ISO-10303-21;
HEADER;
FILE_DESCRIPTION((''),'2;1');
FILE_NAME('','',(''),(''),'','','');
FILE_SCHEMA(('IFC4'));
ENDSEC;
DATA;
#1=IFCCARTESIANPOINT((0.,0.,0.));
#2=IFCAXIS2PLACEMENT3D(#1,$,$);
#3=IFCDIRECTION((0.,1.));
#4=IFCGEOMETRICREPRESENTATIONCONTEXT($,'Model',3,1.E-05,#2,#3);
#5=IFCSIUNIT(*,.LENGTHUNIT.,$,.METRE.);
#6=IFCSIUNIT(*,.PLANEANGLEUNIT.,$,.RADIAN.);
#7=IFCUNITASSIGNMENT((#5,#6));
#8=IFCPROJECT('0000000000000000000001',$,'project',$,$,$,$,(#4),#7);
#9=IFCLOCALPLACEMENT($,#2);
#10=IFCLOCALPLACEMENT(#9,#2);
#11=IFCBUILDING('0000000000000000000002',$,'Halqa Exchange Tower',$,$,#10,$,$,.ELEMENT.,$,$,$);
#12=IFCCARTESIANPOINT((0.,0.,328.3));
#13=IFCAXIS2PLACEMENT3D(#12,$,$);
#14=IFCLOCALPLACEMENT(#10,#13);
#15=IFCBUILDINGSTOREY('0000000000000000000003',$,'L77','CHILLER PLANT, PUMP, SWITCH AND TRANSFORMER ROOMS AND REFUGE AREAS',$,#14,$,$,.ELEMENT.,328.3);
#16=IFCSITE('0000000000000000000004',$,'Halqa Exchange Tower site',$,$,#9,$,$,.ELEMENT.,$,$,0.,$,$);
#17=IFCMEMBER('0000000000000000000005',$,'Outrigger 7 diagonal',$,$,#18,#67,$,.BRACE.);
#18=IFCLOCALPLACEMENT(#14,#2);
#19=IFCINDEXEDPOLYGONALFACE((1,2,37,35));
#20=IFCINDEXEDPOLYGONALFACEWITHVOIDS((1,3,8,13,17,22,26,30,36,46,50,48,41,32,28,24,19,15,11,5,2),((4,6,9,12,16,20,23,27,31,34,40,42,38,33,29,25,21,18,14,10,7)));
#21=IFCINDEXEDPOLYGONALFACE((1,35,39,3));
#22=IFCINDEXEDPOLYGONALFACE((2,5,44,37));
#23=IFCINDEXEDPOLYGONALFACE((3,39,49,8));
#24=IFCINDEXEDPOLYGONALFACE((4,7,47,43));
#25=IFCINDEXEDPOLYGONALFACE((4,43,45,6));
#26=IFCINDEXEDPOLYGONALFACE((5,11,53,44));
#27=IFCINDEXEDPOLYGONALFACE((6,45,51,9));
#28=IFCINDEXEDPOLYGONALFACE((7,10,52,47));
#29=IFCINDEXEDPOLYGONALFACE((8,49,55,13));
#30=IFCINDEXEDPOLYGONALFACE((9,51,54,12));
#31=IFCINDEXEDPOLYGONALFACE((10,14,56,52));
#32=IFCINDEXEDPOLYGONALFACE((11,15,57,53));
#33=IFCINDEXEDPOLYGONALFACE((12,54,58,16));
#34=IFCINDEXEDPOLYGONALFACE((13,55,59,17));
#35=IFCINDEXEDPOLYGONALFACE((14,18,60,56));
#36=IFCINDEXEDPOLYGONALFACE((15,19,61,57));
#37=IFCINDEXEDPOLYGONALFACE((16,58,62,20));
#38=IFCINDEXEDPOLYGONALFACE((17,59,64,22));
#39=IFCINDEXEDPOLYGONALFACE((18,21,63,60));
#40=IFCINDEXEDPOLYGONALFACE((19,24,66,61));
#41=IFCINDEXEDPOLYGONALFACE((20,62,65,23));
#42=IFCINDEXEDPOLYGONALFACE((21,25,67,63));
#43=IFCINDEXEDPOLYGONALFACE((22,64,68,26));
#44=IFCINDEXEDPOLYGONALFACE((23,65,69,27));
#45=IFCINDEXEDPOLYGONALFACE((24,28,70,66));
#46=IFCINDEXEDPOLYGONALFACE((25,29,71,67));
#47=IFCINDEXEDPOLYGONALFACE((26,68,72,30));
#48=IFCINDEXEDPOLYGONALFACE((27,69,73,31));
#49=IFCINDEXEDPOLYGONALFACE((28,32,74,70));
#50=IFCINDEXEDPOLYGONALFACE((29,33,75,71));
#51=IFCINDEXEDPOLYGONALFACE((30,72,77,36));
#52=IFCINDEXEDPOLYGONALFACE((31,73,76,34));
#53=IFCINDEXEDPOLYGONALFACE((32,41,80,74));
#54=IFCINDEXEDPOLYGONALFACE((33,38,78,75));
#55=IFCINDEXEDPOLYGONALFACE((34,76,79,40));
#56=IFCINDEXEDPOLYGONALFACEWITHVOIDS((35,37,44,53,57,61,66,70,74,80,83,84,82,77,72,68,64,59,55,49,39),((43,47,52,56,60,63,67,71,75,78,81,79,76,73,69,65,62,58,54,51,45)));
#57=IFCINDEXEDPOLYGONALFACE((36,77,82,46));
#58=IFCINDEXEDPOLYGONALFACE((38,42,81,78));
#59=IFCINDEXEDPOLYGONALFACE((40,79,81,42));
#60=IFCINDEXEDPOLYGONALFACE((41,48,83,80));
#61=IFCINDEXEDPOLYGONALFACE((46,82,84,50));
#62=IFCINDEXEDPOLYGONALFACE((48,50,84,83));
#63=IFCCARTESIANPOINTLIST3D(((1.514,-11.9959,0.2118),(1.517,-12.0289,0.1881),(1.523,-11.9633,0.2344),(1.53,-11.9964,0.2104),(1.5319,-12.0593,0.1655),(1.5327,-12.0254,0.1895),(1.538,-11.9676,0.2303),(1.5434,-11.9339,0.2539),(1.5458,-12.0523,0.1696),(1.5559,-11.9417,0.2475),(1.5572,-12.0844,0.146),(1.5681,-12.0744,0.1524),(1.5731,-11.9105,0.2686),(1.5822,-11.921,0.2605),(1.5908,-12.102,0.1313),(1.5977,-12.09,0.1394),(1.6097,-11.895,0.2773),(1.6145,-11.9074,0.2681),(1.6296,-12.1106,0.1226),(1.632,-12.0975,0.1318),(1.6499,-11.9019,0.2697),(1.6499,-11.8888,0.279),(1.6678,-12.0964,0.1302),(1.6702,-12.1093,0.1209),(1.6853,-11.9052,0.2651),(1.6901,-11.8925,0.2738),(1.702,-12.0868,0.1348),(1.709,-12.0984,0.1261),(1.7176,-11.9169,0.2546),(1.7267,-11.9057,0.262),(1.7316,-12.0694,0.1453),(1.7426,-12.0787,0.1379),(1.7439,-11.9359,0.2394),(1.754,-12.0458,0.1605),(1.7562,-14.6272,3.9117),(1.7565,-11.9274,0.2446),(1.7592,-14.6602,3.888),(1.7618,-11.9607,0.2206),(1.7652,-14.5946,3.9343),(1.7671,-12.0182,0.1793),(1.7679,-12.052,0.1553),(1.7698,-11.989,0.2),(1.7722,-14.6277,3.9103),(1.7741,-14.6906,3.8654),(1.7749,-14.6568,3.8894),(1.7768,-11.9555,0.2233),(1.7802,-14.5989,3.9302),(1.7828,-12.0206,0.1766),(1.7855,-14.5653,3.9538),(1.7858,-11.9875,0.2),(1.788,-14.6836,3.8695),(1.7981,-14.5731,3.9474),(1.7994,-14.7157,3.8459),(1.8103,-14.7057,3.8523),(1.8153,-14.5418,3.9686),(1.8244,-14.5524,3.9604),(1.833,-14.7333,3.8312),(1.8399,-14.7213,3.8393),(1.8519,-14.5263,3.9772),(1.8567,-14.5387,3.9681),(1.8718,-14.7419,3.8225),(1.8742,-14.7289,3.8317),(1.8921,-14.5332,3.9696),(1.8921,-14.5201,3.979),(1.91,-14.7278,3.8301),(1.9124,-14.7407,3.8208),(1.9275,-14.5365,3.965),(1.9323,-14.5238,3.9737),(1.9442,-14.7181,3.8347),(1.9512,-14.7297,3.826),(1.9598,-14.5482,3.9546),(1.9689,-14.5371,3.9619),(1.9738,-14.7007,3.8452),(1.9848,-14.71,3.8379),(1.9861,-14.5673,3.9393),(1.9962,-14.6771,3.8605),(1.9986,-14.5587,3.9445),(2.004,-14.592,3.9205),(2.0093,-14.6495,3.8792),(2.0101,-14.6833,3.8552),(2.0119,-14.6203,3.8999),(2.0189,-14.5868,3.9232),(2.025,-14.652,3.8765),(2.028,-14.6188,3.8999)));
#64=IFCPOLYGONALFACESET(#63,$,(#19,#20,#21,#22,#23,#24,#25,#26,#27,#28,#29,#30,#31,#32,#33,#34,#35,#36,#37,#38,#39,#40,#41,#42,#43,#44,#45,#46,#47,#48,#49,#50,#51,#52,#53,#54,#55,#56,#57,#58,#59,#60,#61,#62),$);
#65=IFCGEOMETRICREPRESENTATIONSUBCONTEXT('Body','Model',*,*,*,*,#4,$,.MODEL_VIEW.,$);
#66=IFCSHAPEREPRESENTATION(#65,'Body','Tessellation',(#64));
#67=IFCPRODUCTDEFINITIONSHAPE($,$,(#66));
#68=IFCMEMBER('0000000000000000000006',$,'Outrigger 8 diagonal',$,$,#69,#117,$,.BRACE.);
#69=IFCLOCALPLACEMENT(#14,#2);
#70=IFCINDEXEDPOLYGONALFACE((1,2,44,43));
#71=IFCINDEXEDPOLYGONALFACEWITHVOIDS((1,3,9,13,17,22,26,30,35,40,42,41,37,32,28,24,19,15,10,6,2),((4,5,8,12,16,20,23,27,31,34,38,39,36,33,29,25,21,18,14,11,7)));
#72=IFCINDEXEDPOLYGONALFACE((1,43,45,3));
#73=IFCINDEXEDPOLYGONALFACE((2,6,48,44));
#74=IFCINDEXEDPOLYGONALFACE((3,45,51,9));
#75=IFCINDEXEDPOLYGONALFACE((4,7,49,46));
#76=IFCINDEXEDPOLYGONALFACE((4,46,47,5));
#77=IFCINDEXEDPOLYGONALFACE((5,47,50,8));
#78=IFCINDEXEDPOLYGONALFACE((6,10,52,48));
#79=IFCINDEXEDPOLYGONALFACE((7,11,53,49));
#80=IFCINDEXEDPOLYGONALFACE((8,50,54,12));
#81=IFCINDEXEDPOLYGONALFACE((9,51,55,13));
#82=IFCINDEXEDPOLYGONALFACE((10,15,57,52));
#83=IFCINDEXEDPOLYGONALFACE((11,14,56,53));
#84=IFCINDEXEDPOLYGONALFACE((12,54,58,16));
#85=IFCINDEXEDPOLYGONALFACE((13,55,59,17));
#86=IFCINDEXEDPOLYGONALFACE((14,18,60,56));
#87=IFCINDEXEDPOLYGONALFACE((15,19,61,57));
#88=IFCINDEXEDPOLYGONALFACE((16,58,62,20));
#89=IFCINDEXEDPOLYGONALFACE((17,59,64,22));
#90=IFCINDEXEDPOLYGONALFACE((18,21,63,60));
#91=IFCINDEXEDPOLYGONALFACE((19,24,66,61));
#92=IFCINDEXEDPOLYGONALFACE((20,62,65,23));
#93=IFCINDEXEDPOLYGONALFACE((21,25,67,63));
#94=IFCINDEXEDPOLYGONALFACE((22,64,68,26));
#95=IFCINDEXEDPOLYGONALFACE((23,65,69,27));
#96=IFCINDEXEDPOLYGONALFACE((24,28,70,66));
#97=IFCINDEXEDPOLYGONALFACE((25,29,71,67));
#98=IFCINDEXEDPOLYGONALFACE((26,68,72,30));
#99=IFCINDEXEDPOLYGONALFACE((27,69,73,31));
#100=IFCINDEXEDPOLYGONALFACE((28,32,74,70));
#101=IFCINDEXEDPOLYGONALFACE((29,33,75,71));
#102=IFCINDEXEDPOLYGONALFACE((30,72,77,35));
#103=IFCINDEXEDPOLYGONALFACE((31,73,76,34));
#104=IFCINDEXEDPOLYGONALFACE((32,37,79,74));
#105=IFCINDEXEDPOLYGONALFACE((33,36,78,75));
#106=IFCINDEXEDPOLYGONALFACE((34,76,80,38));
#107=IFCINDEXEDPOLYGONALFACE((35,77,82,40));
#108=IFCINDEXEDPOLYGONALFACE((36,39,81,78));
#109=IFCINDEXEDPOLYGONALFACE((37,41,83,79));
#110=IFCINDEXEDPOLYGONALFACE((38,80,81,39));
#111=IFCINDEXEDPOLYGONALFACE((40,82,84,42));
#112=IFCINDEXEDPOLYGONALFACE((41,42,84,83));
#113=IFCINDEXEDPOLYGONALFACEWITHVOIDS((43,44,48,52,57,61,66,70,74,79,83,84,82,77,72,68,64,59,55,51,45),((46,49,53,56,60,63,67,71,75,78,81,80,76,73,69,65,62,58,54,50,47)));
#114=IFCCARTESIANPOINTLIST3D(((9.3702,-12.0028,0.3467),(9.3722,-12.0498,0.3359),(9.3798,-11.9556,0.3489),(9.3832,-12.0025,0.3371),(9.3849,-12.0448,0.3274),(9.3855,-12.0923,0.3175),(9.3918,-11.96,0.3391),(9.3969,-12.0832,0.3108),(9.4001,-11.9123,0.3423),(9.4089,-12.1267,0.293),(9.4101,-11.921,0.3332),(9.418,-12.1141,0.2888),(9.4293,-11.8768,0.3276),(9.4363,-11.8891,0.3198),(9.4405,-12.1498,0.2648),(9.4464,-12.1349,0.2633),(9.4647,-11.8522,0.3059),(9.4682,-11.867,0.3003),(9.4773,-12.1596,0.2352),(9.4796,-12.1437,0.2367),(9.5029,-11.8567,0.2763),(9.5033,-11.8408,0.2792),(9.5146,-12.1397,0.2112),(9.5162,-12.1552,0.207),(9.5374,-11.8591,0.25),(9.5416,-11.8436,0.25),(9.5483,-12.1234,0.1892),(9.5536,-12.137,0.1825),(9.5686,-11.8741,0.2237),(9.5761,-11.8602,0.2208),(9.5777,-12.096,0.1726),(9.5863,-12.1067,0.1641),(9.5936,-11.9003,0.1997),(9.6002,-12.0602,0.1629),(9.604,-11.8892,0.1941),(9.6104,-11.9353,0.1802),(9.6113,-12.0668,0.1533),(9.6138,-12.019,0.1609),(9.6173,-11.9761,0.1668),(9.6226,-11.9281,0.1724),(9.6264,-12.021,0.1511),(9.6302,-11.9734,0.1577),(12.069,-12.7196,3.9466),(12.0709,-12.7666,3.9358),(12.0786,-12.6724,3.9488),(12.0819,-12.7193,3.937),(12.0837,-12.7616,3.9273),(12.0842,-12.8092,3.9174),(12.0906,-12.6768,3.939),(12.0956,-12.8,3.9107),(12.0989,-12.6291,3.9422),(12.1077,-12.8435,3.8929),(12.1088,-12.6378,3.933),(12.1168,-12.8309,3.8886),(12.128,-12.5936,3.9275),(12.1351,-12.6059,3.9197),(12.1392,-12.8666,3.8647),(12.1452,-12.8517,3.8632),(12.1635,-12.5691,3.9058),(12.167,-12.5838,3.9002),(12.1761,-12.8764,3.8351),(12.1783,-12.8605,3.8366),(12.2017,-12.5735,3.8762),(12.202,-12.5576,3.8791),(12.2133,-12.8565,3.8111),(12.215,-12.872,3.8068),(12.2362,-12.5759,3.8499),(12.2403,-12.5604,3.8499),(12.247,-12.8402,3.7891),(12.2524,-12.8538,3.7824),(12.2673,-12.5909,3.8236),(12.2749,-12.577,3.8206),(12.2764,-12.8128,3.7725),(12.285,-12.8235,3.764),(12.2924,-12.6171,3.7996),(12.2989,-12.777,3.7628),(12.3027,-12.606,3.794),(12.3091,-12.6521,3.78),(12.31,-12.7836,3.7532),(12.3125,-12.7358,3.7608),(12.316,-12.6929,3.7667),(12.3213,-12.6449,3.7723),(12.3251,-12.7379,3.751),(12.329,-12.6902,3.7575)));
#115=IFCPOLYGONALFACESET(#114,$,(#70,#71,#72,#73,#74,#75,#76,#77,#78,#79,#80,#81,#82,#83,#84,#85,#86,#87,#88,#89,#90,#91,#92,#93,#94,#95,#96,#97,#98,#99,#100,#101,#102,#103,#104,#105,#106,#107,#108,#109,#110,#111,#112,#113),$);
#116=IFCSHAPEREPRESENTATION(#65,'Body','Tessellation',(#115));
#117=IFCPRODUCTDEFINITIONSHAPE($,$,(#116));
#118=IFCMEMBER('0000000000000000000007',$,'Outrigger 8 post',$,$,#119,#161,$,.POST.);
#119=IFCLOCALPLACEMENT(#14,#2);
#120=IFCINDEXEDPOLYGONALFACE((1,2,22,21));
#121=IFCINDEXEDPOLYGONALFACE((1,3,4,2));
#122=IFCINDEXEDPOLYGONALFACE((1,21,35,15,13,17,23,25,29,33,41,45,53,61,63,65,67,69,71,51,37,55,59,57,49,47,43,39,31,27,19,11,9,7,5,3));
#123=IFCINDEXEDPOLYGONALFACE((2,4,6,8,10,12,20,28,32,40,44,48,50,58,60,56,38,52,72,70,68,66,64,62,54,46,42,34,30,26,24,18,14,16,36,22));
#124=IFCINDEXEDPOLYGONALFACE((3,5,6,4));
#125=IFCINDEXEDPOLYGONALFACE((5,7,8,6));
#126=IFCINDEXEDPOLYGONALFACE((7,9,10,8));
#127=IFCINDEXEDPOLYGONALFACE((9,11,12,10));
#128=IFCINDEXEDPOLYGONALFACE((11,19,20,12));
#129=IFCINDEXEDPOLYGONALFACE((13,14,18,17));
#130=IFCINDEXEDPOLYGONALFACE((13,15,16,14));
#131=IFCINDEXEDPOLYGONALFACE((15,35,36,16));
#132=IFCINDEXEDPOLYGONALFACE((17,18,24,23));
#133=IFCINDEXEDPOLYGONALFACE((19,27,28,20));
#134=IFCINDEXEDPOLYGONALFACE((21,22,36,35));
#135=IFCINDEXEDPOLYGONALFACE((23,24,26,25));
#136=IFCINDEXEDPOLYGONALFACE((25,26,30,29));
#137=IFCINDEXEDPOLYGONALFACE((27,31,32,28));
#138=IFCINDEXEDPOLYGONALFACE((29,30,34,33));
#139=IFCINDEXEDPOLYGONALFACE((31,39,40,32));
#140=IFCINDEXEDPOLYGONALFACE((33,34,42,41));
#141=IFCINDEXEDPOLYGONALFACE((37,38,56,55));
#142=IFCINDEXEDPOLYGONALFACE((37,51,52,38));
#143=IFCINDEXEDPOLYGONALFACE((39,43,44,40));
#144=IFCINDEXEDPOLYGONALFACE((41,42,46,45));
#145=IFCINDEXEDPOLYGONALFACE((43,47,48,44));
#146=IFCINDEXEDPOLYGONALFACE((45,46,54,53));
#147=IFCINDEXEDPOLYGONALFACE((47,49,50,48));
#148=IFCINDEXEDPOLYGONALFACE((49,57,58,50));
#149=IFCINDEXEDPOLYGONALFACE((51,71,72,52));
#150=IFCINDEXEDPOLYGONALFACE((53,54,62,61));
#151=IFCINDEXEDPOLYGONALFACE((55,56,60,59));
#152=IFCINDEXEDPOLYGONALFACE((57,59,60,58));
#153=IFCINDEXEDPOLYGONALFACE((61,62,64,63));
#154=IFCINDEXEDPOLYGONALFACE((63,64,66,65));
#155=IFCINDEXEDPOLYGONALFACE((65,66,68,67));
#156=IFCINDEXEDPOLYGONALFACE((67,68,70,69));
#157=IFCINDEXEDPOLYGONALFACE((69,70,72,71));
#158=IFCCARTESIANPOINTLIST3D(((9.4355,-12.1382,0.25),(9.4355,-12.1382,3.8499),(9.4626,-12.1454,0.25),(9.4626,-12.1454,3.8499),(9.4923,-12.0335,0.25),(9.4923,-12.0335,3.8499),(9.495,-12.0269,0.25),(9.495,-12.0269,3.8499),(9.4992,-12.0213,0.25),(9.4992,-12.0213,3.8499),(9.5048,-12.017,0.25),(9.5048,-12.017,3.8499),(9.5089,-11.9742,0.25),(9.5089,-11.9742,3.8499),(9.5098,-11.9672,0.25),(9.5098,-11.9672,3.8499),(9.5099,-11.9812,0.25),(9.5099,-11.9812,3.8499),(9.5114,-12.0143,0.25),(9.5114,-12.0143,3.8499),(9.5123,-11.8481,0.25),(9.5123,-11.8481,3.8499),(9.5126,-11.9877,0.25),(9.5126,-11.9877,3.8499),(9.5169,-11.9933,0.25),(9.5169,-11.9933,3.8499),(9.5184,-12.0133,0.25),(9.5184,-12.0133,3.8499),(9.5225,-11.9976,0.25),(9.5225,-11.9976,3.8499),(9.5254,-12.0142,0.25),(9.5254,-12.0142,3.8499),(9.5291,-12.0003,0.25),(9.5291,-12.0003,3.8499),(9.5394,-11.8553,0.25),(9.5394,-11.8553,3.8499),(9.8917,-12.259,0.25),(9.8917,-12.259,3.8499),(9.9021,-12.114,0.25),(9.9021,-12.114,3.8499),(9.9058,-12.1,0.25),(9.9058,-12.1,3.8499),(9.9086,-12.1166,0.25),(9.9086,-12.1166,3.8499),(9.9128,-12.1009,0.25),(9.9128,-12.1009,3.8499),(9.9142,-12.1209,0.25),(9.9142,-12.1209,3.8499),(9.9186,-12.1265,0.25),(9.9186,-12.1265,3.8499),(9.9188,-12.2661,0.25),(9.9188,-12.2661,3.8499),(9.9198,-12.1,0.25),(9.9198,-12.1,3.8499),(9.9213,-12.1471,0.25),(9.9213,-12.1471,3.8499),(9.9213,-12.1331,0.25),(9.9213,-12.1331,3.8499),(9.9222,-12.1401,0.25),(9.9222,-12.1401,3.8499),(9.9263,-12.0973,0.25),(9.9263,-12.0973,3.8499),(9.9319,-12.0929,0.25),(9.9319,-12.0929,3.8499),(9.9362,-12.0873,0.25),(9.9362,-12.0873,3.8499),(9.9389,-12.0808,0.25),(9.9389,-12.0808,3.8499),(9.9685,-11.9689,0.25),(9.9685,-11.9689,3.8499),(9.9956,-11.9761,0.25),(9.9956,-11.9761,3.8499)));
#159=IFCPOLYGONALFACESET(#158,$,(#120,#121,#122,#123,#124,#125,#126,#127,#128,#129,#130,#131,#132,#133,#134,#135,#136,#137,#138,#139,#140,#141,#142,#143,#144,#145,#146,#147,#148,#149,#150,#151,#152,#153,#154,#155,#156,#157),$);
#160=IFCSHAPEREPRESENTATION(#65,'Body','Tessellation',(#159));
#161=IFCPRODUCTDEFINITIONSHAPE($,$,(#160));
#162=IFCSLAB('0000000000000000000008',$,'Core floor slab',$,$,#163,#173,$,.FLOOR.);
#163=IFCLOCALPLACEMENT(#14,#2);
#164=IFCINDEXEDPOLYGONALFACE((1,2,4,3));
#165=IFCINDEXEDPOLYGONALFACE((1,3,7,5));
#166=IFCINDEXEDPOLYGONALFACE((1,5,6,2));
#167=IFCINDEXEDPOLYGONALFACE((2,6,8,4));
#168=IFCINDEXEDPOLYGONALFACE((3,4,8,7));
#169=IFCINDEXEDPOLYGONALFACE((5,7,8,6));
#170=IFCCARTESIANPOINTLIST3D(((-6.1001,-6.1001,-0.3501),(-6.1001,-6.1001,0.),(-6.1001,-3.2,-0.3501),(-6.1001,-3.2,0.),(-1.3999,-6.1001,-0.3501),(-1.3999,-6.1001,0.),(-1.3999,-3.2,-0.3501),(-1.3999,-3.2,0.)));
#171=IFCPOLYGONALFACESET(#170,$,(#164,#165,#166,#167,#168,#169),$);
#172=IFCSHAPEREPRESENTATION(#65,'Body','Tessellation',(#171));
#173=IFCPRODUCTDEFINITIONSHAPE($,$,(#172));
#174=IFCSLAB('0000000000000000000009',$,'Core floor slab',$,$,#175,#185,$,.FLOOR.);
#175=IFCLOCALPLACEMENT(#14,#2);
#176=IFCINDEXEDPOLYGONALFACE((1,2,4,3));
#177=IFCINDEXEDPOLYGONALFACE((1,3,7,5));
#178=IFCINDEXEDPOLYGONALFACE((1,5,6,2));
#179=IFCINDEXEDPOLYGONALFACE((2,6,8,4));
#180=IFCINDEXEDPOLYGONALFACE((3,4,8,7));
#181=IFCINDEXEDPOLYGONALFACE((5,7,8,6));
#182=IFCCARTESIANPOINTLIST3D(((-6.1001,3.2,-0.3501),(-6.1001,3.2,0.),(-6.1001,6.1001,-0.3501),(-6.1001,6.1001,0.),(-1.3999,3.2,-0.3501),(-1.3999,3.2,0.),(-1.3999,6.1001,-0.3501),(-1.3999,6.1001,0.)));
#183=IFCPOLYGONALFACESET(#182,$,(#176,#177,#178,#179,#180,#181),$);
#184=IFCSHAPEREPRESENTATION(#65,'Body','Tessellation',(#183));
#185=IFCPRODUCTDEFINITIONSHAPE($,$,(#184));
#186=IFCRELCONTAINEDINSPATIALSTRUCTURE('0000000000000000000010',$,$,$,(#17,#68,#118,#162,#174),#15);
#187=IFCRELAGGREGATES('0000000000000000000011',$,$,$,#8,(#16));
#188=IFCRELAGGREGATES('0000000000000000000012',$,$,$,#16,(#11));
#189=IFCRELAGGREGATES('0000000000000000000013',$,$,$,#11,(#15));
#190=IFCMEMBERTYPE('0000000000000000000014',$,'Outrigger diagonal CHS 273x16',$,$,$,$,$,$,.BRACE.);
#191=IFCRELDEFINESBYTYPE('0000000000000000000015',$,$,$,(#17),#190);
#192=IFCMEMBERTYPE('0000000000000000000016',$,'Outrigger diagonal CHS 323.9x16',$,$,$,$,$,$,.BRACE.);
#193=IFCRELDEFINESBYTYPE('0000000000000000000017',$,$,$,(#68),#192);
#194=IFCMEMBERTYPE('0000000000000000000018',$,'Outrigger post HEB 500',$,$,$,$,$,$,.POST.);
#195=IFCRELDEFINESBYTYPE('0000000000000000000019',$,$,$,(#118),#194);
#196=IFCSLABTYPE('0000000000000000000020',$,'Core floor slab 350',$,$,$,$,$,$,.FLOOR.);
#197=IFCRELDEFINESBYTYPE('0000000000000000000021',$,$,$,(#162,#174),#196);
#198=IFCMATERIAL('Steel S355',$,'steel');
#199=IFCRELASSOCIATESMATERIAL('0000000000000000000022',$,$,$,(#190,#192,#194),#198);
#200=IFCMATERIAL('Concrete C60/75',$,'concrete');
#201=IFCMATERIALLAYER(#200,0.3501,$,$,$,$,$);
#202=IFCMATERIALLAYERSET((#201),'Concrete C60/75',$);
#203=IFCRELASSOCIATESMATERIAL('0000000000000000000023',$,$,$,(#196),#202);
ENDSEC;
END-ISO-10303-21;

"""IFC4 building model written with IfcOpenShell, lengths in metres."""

from ifc_helpers import new_model, si_unit, direction, frame, origin, origin_2d, place, context, subcontext, project, spatial, polyline, hollow_circle, i_section, outline, extrude, material, layer, layer_set, material_profile, profile_set, type_object, element, save


model = new_model("IFC4")

# Units and contexts
model_context = context("Model", 3, precision=1e-05, world=origin(), true_north=direction((0.0, 1.0)))
body_context = subcontext(model_context, "Body", "Model", "MODEL_VIEW")
ifc_project = project(units=[si_unit("LENGTHUNIT", "METRE"), si_unit("PLANEANGLEUNIT", "RADIAN")], contexts=[model_context])

# Site, building, storey
site_placement = place(None, origin())
site = spatial("IfcSite", under=ifc_project, at=site_placement, Name="Halqa Exchange Tower site", CompositionType="ELEMENT", RefElevation=0.0)
building_placement = place(site_placement, origin())
building = spatial("IfcBuilding", under=site, at=building_placement, Name="Halqa Exchange Tower", CompositionType="ELEMENT")
storey_placement = place(building_placement, frame((0.0, 0.0, 328.3)))
storey = spatial("IfcBuildingStorey", under=building, at=storey_placement, Name="L77", Description="CHILLER PLANT, PUMP, SWITCH AND TRANSFORMER ROOMS AND REFUGE AREAS", CompositionType="ELEMENT", Elevation=328.3)

# Shared definitions
ifc_material_1 = material(Name="Steel S355", Category="steel")

# Members
ifc_material_profile_1 = material_profile(ifc_material_1, hollow_circle(Radius=0.1365, WallThickness=0.0161, at=origin_2d()), Name="CHS 273x16")
ifc_profile_set_1 = profile_set([ifc_material_profile_1], Name="Steel S355")
member_type_1 = type_object("IfcMemberType", Name="Outrigger diagonal CHS 273x16", PredefinedType="BRACE", material=ifc_profile_set_1)
member_1_placement = place(storey_placement, frame((1.6499, -12.0, 0.2), z_axis=(0.053267, -0.578741, 0.81377), x_axis=(0.995791, 0.091652, 0.0)))
element("IfcMember", 1, at=member_1_placement, inside=storey, type_object=member_type_1, Name="Outrigger 7 diagonal", PredefinedType="BRACE", context=body_context, shape_type="SweptSolid", body=[
    extrude(hollow_circle(Radius=0.1365, WallThickness=0.0161, at=origin_2d()), origin(), (0.0, 0.0, 1.0), 4.5466),
])
ifc_material_profile_2 = material_profile(ifc_material_1, hollow_circle(Radius=0.1619, WallThickness=0.0161, at=origin_2d()), Name="CHS 323.9x16")
ifc_profile_set_2 = profile_set([ifc_material_profile_2], Name="Steel S355")
member_type_2 = type_object("IfcMemberType", Name="Outrigger diagonal CHS 323.9x16", PredefinedType="BRACE", material=ifc_profile_set_2)
member_2_placement = place(storey_placement, frame((9.5, -12.0, 0.25), z_axis=(0.592364, -0.157335, 0.790158), x_axis=(0.256705, 0.96649, 0.0)))
element("IfcMember", 2, at=member_2_placement, inside=storey, type_object=member_type_2, Name="Outrigger 8 diagonal", PredefinedType="BRACE", context=body_context, shape_type="SweptSolid", body=[
    extrude(hollow_circle(Radius=0.1619, WallThickness=0.0161, at=origin_2d()), origin(), (0.0, 0.0, 1.0), 4.5559),
])
ifc_material_profile_3 = material_profile(ifc_material_1, i_section(OverallWidth=0.3, OverallDepth=0.5, WebThickness=0.0144, FlangeThickness=0.0281, FilletRadius=0.0271, at=origin_2d()), Name="HEB 500")
ifc_profile_set_3 = profile_set([ifc_material_profile_3], Name="Steel S355")
member_type_3 = type_object("IfcMemberType", Name="Outrigger post HEB 500", PredefinedType="POST", material=ifc_profile_set_3)
member_3_placement = place(storey_placement, frame((9.7156, -12.0571, 0.25), z_axis=(0.0, 0.0, 1.0), x_axis=(0.255952, 0.96669, 0.0)))
element("IfcMember", 3, at=member_3_placement, inside=storey, type_object=member_type_3, Name="Outrigger 8 post", PredefinedType="POST", context=body_context, shape_type="SweptSolid", body=[
    extrude(i_section(OverallWidth=0.3, OverallDepth=0.5, WebThickness=0.0144, FlangeThickness=0.0281, FilletRadius=0.0271, at=origin_2d()), origin(), (0.0, 0.0, 1.0), 3.5999),
])

# Slabs
ifc_material_2 = material(Name="Concrete C60/75", Category="concrete")
ifc_layer_1 = layer(ifc_material_2, 0.3501)
ifc_layer_set_1 = layer_set([ifc_layer_1], Name="Concrete C60/75")
slab_type_1 = type_object("IfcSlabType", Name="Core floor slab 350", PredefinedType="FLOOR", material=ifc_layer_set_1)
slab_1_placement = place(storey_placement, frame((0.0, 0.0, -0.3501)))
element("IfcSlab", 4, at=slab_1_placement, inside=storey, type_object=slab_type_1, Name="Core floor slab", PredefinedType="FLOOR", context=body_context, shape_type="SweptSolid", body=[
    extrude(outline(polyline([(-1.3999, -3.2), (-1.3999, -6.1001), (-6.1001, -6.1001), (-6.1001, -3.2), (-1.3999, -3.2)])), origin(), (0.0, 0.0, 1.0), 0.3501),
])
slab_2_placement = place(storey_placement, frame((0.0, 0.0, -0.3501)))
element("IfcSlab", 5, at=slab_2_placement, inside=storey, type_object=slab_type_1, Name="Core floor slab", PredefinedType="FLOOR", context=body_context, shape_type="SweptSolid", body=[
    extrude(outline(polyline([(-1.3999, 3.2), (-6.1001, 3.2), (-6.1001, 6.1001), (-1.3999, 6.1001), (-1.3999, 3.2)])), origin(), (0.0, 0.0, 1.0), 0.3501),
])

save(model, "model.ifc")
